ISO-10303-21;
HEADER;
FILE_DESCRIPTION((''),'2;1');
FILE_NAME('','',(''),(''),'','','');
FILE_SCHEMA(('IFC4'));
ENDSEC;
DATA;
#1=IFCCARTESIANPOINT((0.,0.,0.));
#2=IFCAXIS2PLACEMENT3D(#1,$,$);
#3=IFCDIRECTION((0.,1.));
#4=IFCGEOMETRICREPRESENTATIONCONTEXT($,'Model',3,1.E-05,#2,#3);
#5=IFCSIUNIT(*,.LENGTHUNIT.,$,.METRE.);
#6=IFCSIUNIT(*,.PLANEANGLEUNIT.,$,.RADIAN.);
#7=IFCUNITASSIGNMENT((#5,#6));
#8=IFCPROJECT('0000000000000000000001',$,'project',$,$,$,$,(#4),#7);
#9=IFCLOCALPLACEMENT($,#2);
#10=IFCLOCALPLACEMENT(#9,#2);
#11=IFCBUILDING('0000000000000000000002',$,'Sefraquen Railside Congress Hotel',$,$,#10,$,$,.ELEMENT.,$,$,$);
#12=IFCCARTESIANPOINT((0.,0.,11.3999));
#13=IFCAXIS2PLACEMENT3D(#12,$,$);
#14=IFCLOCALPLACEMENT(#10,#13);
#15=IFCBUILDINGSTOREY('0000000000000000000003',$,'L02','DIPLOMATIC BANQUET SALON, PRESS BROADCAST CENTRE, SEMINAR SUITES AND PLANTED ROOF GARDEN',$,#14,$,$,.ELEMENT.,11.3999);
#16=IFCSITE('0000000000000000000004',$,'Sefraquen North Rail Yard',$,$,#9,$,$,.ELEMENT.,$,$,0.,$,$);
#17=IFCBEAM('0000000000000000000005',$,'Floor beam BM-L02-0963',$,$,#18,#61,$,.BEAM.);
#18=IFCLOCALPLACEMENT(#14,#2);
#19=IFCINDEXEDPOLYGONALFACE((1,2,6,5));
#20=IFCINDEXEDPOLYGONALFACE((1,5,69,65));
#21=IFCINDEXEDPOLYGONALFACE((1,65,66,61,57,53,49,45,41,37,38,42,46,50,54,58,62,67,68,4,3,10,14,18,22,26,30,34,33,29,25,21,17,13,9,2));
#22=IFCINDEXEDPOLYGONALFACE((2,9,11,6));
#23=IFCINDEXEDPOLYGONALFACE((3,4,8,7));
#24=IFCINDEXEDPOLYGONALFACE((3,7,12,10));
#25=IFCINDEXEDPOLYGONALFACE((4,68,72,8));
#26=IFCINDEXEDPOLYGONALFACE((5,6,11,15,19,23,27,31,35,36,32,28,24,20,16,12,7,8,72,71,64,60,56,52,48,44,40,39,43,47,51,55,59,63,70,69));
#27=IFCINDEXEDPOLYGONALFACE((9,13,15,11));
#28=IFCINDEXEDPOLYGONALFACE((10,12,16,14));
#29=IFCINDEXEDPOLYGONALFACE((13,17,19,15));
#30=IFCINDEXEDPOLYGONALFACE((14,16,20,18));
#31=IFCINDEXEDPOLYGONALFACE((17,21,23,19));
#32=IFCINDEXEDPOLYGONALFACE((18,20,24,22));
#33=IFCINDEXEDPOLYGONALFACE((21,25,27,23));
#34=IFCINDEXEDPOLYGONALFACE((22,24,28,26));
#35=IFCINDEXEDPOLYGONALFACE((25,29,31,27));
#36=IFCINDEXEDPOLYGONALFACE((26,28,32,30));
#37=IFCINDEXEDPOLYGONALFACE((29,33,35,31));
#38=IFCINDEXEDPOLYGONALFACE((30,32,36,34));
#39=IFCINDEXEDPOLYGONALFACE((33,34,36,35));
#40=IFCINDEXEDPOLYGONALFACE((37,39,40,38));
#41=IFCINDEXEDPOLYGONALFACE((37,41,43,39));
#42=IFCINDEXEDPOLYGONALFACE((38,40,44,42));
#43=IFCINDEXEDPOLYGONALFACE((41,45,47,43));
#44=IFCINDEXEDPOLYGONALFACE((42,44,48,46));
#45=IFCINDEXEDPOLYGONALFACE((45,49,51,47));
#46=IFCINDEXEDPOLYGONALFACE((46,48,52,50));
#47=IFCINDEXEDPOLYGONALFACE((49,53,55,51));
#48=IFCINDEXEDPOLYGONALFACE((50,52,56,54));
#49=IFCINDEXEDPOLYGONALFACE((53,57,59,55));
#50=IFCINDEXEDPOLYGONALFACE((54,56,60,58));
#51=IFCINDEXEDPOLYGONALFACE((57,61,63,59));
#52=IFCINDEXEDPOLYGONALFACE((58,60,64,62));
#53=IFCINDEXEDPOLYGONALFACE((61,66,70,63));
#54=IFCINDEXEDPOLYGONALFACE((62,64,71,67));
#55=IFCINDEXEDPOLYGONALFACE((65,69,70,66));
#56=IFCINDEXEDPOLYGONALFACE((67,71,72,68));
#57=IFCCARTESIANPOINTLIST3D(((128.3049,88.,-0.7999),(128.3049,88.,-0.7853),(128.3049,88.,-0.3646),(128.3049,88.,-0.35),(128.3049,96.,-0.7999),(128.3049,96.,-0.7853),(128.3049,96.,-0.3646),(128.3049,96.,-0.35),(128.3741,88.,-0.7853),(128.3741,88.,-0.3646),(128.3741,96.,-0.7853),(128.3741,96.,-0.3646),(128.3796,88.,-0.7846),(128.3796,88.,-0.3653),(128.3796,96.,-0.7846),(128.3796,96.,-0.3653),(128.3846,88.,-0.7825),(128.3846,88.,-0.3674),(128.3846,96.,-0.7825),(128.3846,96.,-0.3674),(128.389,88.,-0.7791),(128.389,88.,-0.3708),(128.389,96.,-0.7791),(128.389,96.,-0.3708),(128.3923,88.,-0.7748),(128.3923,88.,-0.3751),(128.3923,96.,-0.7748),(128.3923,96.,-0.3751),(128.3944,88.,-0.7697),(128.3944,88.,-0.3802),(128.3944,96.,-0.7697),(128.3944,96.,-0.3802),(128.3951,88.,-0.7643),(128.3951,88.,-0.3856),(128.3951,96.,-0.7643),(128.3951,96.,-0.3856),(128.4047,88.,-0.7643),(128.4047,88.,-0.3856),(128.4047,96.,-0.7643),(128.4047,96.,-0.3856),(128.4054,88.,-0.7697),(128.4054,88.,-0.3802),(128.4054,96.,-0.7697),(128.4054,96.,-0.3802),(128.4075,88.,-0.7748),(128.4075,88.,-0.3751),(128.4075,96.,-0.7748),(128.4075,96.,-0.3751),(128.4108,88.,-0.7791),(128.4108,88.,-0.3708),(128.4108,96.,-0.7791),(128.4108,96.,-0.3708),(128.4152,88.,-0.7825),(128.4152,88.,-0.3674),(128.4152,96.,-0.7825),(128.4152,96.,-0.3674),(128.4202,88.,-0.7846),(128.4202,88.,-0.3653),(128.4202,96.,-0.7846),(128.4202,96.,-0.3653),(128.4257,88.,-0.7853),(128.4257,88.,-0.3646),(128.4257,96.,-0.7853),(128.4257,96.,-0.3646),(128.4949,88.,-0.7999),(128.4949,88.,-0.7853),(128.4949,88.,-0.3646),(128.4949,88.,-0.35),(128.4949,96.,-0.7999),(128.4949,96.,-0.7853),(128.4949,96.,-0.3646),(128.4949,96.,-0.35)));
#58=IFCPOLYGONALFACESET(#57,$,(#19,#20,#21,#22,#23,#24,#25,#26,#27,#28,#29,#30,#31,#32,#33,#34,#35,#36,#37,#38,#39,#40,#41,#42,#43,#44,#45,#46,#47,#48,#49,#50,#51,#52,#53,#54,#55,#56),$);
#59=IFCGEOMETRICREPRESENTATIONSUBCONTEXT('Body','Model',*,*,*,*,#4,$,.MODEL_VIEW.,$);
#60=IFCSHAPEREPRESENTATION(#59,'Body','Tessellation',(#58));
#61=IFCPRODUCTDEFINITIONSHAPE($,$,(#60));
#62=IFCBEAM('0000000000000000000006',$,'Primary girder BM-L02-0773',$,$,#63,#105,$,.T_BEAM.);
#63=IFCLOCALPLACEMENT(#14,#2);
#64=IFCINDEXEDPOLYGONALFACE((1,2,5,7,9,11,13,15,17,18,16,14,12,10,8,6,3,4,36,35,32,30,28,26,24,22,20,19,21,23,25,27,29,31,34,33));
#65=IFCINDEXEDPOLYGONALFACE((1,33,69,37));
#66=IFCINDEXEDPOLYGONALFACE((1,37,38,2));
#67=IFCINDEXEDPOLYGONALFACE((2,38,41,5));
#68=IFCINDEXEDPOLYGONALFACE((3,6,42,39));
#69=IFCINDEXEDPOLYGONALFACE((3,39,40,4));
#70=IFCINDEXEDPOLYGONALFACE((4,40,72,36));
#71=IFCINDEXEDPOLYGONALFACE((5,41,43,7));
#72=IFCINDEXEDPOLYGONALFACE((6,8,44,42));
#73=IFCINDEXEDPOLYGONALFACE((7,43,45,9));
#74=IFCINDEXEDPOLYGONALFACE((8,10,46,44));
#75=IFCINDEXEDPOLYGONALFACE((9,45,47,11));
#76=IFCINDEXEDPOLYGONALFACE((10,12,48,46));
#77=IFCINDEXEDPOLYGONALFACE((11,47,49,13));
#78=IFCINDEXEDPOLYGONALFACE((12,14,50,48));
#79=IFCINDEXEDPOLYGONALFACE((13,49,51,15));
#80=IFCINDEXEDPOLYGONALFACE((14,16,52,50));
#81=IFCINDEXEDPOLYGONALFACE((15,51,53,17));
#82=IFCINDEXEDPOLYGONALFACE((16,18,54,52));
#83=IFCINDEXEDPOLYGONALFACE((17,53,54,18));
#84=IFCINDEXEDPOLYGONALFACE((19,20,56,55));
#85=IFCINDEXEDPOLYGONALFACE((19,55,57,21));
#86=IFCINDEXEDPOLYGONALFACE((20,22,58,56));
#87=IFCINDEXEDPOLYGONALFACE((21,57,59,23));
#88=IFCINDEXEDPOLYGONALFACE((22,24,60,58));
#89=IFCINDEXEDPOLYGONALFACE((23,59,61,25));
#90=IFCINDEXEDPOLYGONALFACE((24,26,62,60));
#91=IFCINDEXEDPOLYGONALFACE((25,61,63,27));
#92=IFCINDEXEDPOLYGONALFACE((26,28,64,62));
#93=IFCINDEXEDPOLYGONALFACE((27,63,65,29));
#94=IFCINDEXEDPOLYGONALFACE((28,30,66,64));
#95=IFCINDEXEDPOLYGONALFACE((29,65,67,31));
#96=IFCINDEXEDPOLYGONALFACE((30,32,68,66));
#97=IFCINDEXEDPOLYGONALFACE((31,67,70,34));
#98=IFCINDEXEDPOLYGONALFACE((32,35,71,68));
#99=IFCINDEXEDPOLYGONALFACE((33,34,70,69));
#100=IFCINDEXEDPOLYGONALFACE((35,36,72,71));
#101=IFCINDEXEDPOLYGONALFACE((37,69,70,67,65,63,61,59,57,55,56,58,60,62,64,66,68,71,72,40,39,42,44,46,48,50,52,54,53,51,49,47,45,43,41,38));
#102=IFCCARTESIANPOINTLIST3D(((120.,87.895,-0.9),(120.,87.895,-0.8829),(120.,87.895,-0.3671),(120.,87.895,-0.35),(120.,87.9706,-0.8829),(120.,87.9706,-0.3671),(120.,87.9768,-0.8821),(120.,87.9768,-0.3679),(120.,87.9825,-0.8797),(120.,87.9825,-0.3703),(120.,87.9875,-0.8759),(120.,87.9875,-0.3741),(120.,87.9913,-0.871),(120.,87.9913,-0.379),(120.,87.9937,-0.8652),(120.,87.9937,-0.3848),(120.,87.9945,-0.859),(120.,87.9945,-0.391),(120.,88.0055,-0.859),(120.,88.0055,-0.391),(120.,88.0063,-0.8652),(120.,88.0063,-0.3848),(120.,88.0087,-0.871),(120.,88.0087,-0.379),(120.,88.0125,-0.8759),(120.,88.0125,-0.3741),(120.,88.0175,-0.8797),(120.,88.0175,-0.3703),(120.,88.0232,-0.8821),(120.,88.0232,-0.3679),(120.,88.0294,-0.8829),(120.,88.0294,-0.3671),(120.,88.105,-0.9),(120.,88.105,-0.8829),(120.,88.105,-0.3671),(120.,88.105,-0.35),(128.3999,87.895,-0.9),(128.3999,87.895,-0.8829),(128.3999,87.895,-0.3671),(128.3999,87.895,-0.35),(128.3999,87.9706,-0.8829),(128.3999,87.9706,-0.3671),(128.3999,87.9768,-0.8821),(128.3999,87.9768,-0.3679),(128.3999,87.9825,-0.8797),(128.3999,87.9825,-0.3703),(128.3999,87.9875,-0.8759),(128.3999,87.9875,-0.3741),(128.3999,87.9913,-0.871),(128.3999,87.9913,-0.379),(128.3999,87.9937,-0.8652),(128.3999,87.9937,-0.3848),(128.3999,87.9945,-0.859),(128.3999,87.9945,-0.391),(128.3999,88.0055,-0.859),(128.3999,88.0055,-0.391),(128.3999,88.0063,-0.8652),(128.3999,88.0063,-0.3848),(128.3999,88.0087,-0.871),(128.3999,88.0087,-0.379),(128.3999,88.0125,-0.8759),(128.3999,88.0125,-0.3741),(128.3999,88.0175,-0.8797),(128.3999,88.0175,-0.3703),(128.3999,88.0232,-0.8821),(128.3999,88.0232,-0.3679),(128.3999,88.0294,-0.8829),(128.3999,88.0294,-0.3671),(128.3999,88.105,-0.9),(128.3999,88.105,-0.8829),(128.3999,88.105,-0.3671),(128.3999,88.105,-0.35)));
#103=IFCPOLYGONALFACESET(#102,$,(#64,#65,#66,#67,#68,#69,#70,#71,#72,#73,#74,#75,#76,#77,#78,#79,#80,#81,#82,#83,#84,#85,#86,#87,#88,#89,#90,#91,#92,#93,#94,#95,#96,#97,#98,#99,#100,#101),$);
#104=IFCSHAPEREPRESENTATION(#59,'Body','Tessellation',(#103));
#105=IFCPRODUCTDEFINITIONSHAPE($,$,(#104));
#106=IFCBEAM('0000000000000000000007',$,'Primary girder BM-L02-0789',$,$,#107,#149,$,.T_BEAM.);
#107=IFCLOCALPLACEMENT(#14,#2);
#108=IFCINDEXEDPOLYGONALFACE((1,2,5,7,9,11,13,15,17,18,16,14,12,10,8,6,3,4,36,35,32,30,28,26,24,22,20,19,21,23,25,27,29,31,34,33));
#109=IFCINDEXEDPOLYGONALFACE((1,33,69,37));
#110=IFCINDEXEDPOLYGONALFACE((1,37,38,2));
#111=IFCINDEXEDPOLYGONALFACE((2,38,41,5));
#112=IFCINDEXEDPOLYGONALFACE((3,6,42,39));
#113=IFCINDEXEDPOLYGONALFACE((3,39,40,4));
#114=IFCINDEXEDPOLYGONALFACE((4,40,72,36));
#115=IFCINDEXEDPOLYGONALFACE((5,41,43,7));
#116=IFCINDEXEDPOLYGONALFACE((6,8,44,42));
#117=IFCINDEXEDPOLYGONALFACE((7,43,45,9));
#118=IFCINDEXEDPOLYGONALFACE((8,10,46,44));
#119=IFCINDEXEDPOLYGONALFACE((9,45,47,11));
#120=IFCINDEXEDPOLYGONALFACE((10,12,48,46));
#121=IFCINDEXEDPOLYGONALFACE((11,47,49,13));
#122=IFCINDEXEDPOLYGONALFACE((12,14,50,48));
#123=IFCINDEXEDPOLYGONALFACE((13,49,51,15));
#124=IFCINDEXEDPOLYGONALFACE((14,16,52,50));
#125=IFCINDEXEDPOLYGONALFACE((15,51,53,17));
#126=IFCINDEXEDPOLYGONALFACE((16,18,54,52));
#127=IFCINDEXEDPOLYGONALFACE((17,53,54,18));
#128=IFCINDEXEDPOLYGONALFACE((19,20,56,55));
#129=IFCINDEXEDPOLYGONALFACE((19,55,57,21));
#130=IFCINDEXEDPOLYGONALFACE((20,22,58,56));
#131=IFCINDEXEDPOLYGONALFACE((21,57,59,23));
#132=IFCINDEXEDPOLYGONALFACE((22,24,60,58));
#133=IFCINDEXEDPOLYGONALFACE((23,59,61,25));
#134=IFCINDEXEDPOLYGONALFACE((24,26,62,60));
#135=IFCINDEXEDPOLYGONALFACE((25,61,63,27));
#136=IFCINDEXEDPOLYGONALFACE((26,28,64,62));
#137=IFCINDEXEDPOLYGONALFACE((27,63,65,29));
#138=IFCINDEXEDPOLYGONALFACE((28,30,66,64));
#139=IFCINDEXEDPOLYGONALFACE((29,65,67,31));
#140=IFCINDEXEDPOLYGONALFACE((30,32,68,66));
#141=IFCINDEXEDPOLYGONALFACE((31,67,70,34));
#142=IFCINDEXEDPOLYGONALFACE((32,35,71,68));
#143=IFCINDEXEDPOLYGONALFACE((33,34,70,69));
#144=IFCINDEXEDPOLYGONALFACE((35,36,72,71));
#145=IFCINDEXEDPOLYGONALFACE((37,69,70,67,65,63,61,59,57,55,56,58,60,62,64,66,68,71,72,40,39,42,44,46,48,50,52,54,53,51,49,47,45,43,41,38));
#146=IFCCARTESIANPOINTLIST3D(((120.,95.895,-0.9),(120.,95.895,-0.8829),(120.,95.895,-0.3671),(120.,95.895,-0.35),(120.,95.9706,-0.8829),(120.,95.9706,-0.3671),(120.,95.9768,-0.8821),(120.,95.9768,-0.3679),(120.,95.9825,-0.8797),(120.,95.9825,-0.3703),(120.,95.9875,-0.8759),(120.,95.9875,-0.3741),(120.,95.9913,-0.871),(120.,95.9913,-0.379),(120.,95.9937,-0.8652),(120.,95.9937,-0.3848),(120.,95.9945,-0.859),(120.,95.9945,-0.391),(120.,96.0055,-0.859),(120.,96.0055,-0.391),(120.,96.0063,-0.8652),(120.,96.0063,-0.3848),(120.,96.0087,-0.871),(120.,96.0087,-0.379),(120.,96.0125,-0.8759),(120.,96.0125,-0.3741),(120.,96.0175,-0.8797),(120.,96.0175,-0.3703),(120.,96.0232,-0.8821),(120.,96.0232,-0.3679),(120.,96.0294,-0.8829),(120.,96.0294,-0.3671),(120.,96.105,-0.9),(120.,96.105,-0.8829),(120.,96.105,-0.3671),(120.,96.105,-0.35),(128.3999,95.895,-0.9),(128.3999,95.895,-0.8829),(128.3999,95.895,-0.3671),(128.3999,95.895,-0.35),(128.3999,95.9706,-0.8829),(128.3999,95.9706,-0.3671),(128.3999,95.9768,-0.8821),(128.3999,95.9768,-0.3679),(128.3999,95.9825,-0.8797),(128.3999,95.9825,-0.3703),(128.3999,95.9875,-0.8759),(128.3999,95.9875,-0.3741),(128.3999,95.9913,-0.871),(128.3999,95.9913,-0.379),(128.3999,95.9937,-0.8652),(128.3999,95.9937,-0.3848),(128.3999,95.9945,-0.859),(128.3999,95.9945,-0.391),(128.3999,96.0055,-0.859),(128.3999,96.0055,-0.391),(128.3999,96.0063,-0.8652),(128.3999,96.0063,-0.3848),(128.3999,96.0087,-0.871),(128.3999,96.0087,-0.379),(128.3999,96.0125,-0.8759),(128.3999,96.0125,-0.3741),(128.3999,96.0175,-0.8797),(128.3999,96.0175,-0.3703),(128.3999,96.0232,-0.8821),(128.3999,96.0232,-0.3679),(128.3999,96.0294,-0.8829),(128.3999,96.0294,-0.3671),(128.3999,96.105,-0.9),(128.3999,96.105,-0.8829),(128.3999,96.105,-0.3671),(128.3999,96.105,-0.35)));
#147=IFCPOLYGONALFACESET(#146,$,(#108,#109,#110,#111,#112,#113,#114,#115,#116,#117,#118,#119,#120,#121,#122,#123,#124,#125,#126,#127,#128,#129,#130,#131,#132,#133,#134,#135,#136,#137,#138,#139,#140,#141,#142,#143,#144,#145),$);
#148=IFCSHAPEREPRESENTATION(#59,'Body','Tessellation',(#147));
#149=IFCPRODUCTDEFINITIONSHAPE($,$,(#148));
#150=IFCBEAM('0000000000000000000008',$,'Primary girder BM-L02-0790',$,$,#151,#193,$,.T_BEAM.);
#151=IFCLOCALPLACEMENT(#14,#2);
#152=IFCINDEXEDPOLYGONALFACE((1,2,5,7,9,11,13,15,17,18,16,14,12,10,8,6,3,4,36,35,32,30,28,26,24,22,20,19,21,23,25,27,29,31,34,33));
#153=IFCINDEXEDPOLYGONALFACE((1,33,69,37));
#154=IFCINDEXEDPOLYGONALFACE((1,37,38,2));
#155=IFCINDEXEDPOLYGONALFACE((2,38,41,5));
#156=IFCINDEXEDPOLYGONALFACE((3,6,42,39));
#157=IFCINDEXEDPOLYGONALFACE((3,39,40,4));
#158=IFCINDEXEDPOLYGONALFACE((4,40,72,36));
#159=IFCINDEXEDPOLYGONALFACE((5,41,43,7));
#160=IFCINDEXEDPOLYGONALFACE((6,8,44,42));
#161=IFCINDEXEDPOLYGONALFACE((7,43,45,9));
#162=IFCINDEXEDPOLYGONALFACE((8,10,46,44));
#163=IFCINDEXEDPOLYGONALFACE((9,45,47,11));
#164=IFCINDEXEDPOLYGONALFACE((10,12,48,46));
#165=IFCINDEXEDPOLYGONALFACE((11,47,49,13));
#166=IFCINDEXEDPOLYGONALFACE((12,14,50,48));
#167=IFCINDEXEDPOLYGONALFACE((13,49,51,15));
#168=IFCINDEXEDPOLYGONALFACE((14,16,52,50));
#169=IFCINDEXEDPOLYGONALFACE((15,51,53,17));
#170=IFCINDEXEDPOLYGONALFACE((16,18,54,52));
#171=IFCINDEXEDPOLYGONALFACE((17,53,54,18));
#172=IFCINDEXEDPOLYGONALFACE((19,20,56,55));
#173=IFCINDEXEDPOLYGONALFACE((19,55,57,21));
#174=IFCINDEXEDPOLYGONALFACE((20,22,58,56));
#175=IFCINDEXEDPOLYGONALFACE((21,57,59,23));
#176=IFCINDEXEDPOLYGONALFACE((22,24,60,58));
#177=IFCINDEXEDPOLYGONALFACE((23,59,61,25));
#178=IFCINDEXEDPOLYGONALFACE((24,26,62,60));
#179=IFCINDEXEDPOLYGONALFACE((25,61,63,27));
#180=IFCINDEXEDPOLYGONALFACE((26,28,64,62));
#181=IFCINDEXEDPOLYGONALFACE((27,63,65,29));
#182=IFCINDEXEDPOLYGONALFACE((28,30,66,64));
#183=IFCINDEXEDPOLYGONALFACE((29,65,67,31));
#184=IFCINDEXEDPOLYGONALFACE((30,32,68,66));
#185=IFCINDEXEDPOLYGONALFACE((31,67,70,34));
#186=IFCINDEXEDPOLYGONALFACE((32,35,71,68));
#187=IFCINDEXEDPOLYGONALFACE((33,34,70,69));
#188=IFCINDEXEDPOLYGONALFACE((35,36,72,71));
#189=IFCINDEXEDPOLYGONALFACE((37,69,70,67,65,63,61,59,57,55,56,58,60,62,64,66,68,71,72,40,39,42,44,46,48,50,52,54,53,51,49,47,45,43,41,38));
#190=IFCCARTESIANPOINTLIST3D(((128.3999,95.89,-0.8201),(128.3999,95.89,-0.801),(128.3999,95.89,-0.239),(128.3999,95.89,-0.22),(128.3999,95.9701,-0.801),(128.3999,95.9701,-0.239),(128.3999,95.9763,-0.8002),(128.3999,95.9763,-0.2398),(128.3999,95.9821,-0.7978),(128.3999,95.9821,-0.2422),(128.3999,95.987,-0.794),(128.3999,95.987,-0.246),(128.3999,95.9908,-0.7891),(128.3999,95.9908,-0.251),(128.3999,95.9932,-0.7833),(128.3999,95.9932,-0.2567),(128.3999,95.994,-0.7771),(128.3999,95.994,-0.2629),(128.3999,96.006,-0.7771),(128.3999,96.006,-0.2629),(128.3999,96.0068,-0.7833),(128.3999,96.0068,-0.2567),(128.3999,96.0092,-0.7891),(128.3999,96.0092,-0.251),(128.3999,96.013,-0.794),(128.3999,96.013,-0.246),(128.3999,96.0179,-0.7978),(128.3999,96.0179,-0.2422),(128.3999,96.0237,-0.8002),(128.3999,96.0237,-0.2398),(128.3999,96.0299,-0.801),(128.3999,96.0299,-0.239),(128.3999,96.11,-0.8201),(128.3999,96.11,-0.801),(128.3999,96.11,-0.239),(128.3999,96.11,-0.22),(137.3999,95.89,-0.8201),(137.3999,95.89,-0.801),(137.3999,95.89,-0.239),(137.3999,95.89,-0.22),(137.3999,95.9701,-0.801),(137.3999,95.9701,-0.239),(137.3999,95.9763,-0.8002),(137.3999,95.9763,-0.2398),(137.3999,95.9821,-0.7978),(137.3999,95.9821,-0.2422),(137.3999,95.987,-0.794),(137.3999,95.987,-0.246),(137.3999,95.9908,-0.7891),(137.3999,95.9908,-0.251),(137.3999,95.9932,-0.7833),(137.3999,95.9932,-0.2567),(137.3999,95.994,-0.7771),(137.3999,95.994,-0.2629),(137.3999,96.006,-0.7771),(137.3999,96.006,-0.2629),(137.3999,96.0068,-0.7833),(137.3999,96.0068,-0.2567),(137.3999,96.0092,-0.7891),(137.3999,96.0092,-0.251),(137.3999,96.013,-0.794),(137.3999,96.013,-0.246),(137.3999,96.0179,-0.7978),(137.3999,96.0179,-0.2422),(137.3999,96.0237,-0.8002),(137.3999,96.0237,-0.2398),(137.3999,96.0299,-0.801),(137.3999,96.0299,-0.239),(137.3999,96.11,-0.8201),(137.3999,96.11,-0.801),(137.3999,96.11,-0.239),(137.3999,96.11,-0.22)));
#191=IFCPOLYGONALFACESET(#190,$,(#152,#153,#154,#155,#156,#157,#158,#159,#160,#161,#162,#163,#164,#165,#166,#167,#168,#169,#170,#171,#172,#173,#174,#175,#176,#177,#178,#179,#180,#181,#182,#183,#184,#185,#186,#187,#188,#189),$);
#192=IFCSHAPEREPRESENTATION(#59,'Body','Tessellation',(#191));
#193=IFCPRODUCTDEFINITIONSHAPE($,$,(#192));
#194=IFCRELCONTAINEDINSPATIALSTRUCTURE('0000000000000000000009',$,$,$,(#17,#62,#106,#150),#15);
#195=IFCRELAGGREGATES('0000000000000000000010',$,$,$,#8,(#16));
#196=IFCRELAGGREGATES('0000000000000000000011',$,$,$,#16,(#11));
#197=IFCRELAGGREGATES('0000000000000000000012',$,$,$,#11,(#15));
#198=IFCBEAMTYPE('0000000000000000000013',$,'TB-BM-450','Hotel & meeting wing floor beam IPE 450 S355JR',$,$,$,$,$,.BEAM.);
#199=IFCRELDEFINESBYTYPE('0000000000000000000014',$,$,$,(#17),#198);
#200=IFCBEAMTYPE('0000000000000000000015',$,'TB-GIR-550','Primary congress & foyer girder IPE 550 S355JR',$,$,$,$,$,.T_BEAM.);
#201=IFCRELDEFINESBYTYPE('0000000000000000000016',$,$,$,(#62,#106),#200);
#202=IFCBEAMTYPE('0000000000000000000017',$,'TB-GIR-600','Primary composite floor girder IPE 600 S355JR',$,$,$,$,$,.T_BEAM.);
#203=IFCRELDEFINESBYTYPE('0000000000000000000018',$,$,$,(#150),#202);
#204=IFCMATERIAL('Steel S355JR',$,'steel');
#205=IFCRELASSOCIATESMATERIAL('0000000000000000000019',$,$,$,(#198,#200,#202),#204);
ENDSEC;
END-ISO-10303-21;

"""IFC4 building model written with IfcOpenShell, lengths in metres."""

from ifc_helpers import new_model, si_unit, direction, frame, origin, origin_2d, place, context, subcontext, project, spatial, i_section, extrude, material, material_profile, profile_set, type_object, element, save


model = new_model("IFC4")

# Units and contexts
model_context = context("Model", 3, precision=1e-05, world=origin(), true_north=direction((0.0, 1.0)))
body_context = subcontext(model_context, "Body", "Model", "MODEL_VIEW")
ifc_project = project(units=[si_unit("LENGTHUNIT", "METRE"), si_unit("PLANEANGLEUNIT", "RADIAN")], contexts=[model_context])

# Site, building, storey
site_placement = place(None, origin())
site = spatial("IfcSite", under=ifc_project, at=site_placement, Name="Sefraquen North Rail Yard", CompositionType="ELEMENT", RefElevation=0.0)
building_placement = place(site_placement, origin())
building = spatial("IfcBuilding", under=site, at=building_placement, Name="Sefraquen Railside Congress Hotel", CompositionType="ELEMENT")
storey_placement = place(building_placement, frame((0.0, 0.0, 11.3999)))
storey = spatial("IfcBuildingStorey", under=building, at=storey_placement, Name="L02", Description="DIPLOMATIC BANQUET SALON, PRESS BROADCAST CENTRE, SEMINAR SUITES AND PLANTED ROOF GARDEN", CompositionType="ELEMENT", Elevation=11.3999)

# Shared definitions
ifc_material_1 = material(Name="Steel S355JR", Category="steel")

# Beams
ifc_material_profile_1 = material_profile(ifc_material_1, i_section(OverallWidth=0.1899, OverallDepth=0.45, WebThickness=0.0095, FlangeThickness=0.0146, FilletRadius=0.021, at=origin_2d()), Name="IPE 450")
ifc_profile_set_1 = profile_set([ifc_material_profile_1], Name="Steel S355JR")
beam_type_1 = type_object("IfcBeamType", Name="TB-BM-450", Description="Hotel & meeting wing floor beam IPE 450 S355JR", PredefinedType="BEAM", material=ifc_profile_set_1)
beam_1_placement = place(storey_placement, frame((128.3999, 88.0, -0.575), z_axis=(0.0, 1.0, 0.0), x_axis=(-1.0, 0.0, 0.0)))
element("IfcBeam", 1, at=beam_1_placement, inside=storey, type_object=beam_type_1, Name="Floor beam BM-L02-0963", PredefinedType="BEAM", context=body_context, shape_type="SweptSolid", body=[
    extrude(i_section(OverallWidth=0.1899, OverallDepth=0.45, WebThickness=0.0095, FlangeThickness=0.0146, FilletRadius=0.021, at=origin_2d()), origin(), (0.0, 0.0, 1.0), 8.0),
])
ifc_material_profile_2 = material_profile(ifc_material_1, i_section(OverallWidth=0.21, OverallDepth=0.55, WebThickness=0.011, FlangeThickness=0.0171, FilletRadius=0.0239, at=origin_2d()), Name="IPE 550")
ifc_profile_set_2 = profile_set([ifc_material_profile_2], Name="Steel S355JR")
beam_type_2 = type_object("IfcBeamType", Name="TB-GIR-550", Description="Primary congress & foyer girder IPE 550 S355JR", PredefinedType="T_BEAM", material=ifc_profile_set_2)
for number, where, z_axis, x_axis, name in (
    (2, (120.0, 88.0, -0.625), (1.0, 0.0, 0.0), (0.0, 1.0, 0.0), "Primary girder BM-L02-0773"),
    (3, (120.0, 96.0, -0.625), (1.0, 0.0, 0.0), (0.0, 1.0, 0.0), "Primary girder BM-L02-0789"),
):
    element("IfcBeam", number, at=place(storey_placement, frame(where, z_axis=z_axis, x_axis=x_axis)), inside=storey, type_object=beam_type_2, Name=name, PredefinedType="T_BEAM", context=body_context, shape_type="SweptSolid", body=[
        extrude(i_section(OverallWidth=0.21, OverallDepth=0.55, WebThickness=0.011, FlangeThickness=0.0171, FilletRadius=0.0239, at=origin_2d()), origin(), (0.0, 0.0, 1.0), 8.3999),
    ])
ifc_material_profile_3 = material_profile(ifc_material_1, i_section(OverallWidth=0.22, OverallDepth=0.6001, WebThickness=0.012, FlangeThickness=0.019, FilletRadius=0.0239, at=origin_2d()), Name="IPE 600")
ifc_profile_set_3 = profile_set([ifc_material_profile_3], Name="Steel S355JR")
beam_type_3 = type_object("IfcBeamType", Name="TB-GIR-600", Description="Primary composite floor girder IPE 600 S355JR", PredefinedType="T_BEAM", material=ifc_profile_set_3)
for number, where, z_axis, x_axis, name in (
    (4, (128.3999, 96.0, -0.52), (1.0, 0.0, 0.0), (0.0, 1.0, 0.0), "Primary girder BM-L02-0790"),
):
    element("IfcBeam", number, at=place(storey_placement, frame(where, z_axis=z_axis, x_axis=x_axis)), inside=storey, type_object=beam_type_3, Name=name, PredefinedType="T_BEAM", context=body_context, shape_type="SweptSolid", body=[
        extrude(i_section(OverallWidth=0.22, OverallDepth=0.6001, WebThickness=0.012, FlangeThickness=0.019, FilletRadius=0.0239, at=origin_2d()), origin(), (0.0, 0.0, 1.0), 9.0),
    ])

save(model, "model.ifc")
